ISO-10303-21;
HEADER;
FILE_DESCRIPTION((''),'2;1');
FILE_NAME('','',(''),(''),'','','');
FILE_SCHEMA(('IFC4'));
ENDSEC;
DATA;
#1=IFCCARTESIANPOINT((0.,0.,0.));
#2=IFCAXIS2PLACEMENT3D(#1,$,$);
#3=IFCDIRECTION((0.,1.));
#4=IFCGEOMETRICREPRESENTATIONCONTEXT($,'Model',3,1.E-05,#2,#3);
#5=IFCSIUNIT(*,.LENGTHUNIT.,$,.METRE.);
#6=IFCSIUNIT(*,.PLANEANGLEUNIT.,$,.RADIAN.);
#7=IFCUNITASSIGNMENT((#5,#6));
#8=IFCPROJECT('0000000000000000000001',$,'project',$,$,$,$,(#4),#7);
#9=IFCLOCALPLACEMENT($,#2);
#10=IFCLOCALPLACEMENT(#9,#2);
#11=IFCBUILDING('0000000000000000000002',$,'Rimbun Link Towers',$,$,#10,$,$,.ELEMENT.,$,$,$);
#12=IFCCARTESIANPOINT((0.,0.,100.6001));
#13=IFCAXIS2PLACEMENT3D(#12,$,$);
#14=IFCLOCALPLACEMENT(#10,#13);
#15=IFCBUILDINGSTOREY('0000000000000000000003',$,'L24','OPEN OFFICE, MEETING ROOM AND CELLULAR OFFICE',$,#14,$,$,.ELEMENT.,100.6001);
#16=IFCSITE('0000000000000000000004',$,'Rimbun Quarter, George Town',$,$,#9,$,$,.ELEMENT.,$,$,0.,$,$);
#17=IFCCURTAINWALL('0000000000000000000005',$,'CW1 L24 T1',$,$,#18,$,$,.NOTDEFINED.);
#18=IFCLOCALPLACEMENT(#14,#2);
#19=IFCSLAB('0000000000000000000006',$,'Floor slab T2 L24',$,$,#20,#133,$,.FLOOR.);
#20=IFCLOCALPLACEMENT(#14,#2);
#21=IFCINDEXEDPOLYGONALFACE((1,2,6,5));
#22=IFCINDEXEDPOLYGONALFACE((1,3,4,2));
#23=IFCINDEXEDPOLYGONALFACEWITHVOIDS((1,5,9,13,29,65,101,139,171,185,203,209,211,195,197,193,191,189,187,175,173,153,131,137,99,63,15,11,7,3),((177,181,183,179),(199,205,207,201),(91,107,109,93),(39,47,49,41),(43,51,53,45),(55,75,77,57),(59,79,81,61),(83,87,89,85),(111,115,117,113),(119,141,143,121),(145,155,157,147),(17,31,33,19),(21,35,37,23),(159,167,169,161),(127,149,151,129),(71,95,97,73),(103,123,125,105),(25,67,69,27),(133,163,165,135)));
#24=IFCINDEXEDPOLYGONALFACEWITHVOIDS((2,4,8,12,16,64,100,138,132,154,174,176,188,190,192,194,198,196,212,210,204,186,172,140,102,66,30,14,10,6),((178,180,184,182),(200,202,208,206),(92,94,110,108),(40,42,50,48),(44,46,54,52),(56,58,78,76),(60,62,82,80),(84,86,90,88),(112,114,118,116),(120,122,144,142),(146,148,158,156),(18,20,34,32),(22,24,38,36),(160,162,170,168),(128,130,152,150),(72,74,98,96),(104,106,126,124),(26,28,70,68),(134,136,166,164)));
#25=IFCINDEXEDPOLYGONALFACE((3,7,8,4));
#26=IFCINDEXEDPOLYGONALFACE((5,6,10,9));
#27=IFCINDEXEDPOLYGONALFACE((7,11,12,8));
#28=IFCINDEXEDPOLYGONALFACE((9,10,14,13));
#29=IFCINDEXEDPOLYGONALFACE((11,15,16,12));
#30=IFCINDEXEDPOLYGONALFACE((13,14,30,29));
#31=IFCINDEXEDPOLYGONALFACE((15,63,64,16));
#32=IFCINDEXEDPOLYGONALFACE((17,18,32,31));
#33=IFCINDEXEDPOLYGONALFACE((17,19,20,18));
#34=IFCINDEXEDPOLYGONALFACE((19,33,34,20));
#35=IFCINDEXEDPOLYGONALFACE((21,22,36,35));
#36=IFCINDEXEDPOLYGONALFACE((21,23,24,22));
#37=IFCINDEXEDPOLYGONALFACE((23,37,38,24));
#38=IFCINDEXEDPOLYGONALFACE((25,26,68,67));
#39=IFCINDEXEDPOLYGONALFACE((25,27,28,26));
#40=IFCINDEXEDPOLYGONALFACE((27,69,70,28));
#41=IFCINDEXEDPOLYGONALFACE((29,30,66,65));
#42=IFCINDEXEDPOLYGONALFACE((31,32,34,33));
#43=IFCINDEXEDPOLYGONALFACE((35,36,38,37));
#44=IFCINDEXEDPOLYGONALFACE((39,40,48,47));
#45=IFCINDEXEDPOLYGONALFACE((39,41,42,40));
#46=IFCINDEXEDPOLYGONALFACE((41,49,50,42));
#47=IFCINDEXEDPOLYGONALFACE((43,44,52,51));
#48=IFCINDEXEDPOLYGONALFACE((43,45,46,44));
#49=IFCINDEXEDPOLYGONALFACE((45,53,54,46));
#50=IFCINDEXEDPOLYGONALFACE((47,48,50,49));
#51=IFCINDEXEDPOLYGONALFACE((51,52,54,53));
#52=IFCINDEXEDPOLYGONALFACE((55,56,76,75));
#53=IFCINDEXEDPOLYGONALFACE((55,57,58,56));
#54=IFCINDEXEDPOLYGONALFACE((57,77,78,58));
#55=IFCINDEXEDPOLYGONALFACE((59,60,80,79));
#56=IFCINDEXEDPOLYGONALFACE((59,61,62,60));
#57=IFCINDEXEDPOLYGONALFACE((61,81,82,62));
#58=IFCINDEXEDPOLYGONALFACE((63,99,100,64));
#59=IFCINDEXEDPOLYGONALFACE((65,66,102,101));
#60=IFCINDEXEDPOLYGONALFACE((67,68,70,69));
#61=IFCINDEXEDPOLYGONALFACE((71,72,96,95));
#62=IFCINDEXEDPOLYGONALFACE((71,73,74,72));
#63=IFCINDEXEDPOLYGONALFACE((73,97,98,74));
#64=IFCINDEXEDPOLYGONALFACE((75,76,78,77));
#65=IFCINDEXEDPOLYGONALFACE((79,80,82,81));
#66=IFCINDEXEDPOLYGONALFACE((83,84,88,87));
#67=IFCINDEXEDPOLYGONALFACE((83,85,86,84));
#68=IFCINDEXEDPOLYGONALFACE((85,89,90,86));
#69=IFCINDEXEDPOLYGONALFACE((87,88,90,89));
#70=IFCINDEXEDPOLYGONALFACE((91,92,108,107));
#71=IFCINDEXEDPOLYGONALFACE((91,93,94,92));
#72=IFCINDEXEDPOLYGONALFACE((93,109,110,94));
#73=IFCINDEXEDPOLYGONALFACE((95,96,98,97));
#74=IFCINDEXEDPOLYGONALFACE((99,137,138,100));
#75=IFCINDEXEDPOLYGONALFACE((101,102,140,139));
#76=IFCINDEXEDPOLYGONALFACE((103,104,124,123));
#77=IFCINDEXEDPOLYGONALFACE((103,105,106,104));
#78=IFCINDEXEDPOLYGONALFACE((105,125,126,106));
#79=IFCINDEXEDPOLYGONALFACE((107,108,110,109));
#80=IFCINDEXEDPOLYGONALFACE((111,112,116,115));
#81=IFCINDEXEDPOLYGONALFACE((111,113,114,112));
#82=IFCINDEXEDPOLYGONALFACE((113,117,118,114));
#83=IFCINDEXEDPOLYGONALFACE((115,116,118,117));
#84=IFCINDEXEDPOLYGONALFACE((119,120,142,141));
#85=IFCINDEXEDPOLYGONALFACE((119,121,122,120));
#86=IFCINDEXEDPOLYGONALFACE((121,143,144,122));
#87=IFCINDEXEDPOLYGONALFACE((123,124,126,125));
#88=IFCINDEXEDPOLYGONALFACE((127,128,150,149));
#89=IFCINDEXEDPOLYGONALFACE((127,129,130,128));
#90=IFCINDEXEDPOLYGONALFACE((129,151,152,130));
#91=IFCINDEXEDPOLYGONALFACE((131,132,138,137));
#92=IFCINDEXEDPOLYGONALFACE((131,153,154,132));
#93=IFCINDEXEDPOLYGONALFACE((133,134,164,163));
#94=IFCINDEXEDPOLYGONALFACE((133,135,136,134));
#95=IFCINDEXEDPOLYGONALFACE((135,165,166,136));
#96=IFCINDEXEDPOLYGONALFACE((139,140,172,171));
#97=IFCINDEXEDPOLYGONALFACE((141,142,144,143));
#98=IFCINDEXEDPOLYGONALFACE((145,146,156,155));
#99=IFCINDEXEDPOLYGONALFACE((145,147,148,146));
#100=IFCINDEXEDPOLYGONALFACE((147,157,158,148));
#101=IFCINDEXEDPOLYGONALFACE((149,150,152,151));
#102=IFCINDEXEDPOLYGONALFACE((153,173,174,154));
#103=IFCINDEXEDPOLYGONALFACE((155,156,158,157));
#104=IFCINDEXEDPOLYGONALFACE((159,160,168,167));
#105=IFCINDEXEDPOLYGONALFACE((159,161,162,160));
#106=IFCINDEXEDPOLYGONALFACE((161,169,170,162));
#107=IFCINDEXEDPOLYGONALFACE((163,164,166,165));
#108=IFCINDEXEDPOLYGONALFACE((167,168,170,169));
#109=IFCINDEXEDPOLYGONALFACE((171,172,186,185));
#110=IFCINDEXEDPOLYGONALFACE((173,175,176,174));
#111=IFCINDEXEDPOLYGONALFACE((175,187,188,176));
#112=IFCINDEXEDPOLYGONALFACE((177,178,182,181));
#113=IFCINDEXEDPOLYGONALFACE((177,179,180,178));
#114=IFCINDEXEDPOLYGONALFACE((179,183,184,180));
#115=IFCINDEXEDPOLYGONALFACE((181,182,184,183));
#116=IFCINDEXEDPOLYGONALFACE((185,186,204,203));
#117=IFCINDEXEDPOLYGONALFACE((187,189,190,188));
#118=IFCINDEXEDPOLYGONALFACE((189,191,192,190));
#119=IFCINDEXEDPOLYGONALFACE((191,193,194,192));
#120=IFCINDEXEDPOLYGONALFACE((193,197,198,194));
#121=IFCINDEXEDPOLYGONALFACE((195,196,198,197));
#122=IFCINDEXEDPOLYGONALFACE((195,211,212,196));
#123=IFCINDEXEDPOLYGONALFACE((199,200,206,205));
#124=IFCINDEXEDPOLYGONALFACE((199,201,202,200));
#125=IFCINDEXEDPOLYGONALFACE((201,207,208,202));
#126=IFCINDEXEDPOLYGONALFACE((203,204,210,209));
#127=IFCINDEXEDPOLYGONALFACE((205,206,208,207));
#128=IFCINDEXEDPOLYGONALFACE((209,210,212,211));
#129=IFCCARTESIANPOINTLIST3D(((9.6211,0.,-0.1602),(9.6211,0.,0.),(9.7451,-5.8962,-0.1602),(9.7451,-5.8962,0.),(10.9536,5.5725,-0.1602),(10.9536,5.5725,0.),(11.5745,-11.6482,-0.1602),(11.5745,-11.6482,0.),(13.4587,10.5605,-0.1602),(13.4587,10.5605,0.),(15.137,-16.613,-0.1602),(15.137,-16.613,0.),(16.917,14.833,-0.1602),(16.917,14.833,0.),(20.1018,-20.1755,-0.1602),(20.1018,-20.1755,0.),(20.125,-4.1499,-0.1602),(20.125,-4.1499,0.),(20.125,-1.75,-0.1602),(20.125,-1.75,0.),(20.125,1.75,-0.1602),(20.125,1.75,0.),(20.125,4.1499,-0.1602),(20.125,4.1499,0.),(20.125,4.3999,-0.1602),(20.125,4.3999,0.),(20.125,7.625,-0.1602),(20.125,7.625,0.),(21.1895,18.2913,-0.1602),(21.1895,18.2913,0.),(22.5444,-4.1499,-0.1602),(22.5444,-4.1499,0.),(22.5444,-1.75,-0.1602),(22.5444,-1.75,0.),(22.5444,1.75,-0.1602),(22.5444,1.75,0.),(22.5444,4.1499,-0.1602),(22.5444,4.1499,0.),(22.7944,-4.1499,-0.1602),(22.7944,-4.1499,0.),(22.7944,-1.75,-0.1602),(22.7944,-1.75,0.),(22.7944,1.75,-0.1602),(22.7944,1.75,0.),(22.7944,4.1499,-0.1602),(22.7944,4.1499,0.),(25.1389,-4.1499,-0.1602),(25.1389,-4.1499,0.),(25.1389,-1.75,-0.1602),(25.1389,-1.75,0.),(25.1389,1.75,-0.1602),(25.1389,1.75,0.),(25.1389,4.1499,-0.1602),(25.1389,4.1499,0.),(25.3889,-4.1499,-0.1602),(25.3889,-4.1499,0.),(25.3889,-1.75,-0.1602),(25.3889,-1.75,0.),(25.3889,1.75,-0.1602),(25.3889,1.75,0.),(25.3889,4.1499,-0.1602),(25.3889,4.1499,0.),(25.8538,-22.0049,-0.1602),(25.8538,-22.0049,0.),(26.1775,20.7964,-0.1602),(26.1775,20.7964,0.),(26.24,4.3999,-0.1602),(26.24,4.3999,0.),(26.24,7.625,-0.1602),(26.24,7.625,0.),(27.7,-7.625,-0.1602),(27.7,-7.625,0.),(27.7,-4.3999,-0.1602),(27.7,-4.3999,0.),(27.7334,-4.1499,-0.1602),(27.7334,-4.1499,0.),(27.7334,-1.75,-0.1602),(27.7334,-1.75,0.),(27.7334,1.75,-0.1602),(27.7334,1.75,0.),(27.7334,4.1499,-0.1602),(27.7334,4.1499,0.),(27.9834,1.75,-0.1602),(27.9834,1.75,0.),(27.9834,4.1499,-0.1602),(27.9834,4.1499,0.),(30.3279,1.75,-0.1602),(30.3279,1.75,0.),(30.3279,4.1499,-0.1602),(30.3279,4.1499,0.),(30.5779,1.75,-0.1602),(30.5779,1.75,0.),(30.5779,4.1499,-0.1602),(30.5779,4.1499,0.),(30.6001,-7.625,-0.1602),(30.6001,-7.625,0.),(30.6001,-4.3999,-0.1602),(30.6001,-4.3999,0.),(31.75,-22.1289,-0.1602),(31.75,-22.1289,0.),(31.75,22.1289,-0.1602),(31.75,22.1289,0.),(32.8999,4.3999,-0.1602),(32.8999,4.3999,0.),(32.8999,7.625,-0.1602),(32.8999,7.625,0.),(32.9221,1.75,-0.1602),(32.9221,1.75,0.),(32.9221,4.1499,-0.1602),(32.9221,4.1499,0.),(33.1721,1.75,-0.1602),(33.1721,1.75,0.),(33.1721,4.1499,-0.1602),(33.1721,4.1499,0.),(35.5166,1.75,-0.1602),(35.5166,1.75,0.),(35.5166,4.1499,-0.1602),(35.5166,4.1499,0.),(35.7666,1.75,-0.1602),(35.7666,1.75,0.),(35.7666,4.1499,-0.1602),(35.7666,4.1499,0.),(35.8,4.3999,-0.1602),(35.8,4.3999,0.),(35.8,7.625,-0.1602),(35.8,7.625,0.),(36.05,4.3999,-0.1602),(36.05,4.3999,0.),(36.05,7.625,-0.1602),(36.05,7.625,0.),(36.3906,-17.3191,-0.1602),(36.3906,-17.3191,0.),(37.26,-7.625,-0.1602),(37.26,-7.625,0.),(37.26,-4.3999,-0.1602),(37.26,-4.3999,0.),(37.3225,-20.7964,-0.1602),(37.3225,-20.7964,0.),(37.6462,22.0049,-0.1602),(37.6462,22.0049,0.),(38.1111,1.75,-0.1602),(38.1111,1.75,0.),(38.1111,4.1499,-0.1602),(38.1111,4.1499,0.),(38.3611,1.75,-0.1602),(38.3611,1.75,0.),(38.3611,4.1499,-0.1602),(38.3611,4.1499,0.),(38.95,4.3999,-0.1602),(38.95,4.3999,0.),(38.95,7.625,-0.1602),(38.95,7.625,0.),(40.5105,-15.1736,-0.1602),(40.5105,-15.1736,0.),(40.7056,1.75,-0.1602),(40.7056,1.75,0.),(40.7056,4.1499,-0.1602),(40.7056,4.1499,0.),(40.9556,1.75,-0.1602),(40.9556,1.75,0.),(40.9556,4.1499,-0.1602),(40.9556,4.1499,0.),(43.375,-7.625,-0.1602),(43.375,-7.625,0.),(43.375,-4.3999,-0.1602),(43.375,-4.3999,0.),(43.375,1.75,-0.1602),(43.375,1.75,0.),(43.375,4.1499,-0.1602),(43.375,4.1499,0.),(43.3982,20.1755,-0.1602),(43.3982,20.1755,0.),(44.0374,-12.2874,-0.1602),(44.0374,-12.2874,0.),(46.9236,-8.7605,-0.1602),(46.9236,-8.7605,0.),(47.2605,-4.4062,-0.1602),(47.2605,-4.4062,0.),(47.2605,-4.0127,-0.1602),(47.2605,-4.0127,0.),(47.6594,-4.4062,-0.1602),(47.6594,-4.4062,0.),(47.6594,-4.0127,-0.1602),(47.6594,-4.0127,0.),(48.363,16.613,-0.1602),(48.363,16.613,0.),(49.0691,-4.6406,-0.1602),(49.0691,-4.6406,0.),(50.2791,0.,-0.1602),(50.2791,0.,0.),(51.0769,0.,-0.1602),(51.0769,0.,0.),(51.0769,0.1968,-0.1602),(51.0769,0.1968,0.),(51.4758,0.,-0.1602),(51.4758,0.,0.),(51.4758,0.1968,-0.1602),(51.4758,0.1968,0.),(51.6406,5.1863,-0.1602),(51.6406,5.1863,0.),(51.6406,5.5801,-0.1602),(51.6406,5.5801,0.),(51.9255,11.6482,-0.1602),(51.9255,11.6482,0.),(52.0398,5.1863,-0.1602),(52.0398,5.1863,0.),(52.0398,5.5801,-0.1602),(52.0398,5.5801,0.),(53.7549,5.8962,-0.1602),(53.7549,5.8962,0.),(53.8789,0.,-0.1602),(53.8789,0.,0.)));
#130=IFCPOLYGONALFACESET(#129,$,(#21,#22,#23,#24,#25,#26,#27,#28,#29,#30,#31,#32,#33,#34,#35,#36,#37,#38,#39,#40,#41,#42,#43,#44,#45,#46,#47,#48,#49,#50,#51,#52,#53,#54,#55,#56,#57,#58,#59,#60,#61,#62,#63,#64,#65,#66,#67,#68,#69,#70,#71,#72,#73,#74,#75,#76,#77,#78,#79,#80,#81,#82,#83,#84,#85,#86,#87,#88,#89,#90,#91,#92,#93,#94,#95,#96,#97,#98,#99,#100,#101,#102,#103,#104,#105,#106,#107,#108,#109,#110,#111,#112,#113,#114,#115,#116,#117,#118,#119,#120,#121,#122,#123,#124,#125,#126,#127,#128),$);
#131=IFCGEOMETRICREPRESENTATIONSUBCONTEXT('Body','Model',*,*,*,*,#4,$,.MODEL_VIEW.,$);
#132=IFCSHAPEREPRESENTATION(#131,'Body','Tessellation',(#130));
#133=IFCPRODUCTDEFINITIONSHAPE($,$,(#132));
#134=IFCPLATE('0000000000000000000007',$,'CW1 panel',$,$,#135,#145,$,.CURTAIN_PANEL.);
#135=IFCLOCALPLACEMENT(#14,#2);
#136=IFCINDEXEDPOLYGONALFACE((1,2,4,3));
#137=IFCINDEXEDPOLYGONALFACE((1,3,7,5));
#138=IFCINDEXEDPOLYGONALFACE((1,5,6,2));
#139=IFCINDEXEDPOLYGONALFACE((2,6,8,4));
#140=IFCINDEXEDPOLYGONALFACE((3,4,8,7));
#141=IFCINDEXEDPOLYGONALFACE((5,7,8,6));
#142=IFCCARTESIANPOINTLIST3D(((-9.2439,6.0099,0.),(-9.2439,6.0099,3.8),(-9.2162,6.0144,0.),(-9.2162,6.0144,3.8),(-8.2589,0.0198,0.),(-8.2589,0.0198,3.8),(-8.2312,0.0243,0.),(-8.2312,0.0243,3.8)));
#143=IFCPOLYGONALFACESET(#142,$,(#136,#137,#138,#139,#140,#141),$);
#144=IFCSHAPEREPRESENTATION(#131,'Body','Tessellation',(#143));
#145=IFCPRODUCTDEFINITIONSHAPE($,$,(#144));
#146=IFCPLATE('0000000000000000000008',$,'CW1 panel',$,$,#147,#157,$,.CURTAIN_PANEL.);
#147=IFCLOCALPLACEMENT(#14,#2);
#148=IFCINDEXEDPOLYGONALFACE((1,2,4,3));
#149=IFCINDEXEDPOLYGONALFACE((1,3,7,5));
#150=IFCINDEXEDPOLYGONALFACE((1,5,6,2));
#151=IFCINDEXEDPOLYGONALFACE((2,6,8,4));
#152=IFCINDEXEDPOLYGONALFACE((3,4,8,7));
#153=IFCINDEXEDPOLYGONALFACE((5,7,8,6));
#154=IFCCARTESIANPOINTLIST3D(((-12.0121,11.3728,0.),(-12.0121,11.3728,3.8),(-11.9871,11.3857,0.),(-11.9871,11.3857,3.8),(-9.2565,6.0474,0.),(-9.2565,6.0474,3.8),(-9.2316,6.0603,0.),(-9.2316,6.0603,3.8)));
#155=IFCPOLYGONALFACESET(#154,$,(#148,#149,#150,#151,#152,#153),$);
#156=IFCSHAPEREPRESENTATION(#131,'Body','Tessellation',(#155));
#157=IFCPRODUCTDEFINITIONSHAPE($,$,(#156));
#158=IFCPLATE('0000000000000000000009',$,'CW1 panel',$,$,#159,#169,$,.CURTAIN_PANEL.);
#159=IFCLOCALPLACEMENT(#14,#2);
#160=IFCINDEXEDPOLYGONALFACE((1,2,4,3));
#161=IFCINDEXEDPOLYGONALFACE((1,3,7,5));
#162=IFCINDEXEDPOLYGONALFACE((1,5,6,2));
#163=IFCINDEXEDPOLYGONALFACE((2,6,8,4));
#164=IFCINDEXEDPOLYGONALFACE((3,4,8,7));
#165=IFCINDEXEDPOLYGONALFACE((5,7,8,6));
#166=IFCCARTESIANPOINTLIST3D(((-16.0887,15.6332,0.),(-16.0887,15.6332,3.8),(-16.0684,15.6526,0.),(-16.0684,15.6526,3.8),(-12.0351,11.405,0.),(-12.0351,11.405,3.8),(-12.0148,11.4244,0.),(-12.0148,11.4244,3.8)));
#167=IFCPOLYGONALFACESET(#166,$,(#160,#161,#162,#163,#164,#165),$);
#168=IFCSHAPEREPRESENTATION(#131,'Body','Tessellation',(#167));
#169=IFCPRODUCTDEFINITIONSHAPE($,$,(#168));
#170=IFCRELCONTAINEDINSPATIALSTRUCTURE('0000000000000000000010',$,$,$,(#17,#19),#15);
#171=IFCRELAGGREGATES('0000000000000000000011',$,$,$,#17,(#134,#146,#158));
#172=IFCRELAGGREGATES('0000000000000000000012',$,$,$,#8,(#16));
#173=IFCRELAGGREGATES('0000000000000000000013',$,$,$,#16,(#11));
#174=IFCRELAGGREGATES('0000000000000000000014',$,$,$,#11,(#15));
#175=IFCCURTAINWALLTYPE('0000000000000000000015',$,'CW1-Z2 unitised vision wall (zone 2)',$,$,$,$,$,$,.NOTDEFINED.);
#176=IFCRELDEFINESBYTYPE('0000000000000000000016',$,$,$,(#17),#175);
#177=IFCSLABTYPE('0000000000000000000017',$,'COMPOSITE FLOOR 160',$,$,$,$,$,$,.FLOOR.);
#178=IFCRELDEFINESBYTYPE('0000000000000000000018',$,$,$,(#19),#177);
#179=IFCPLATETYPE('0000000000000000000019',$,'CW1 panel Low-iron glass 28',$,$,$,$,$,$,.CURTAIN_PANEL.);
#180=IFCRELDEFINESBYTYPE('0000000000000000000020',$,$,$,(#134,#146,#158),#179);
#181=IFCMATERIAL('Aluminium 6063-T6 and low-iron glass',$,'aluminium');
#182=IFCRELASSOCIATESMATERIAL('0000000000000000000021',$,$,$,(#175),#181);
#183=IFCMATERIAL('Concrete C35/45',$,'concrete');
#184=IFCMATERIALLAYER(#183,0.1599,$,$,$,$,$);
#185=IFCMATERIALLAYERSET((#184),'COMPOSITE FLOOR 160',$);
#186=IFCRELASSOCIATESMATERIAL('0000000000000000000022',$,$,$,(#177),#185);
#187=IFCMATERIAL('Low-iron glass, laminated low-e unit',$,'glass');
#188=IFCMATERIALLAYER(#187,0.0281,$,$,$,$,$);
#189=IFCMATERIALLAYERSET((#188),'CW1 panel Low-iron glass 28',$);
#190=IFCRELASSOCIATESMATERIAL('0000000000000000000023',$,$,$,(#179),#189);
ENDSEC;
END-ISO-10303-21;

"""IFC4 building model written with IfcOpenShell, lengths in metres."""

from ifc_helpers import new_model, si_unit, direction, frame, origin, origin_2d, place, context, subcontext, project, spatial, polyline, rectangle, outline, extrude, material, layer, layer_set, type_object, element, aggregate, save


model = new_model("IFC4")

# Units and contexts
model_context = context("Model", 3, precision=1e-05, world=origin(), true_north=direction((0.0, 1.0)))
body_context = subcontext(model_context, "Body", "Model", "MODEL_VIEW")
ifc_project = project(units=[si_unit("LENGTHUNIT", "METRE"), si_unit("PLANEANGLEUNIT", "RADIAN")], contexts=[model_context])

# Site, building, storey
site_placement = place(None, origin())
site = spatial("IfcSite", under=ifc_project, at=site_placement, Name="Rimbun Quarter, George Town", CompositionType="ELEMENT", RefElevation=0.0)
building_placement = place(site_placement, origin())
building = spatial("IfcBuilding", under=site, at=building_placement, Name="Rimbun Link Towers", CompositionType="ELEMENT")
storey_placement = place(building_placement, frame((0.0, 0.0, 100.6001)))
storey = spatial("IfcBuildingStorey", under=building, at=storey_placement, Name="L24", Description="OPEN OFFICE, MEETING ROOM AND CELLULAR OFFICE", CompositionType="ELEMENT", Elevation=100.6001)

# Curtain wall
ifc_material_1 = material(Name="Aluminium 6063-T6 and low-iron glass", Category="aluminium")
curtain_wall_type = type_object("IfcCurtainWallType", Name="CW1-Z2 unitised vision wall (zone 2)", PredefinedType="NOTDEFINED", material=ifc_material_1)
curtain_wall_placement = place(storey_placement, origin())
curtain_wall = element("IfcCurtainWall", 1, at=curtain_wall_placement, inside=storey, type_object=curtain_wall_type, Name="CW1 L24 T1", PredefinedType="NOTDEFINED")

# Slab
ifc_material_2 = material(Name="Concrete C35/45", Category="concrete")
ifc_layer_1 = layer(ifc_material_2, 0.1599)
ifc_layer_set_1 = layer_set([ifc_layer_1], Name="COMPOSITE FLOOR 160")
slab_type = type_object("IfcSlabType", Name="COMPOSITE FLOOR 160", PredefinedType="FLOOR", material=ifc_layer_set_1)
slab_placement = place(storey_placement, frame((0.0, 0.0, -0.1602)))
element("IfcSlab", 2, at=slab_placement, inside=storey, type_object=slab_type, Name="Floor slab T2 L24", PredefinedType="FLOOR", context=body_context, shape_type="SweptSolid", body=[
    extrude(outline(polyline([(50.2791, 0.0), (49.0691, -4.6406), (46.9236, -8.7605), (44.0374, -12.2874), (40.5105, -15.1736), (36.3906, -17.3191), (37.3225, -20.7964), (31.75, -22.1289), (25.8538, -22.0049), (20.1018, -20.1755), (15.137, -16.613), (11.5745, -11.6482), (9.7451, -5.8962), (9.6211, 0.0), (10.9536, 5.5725), (13.4587, 10.5605), (16.917, 14.833), (21.1895, 18.2913), (26.1775, 20.7964), (31.75, 22.1289), (37.6462, 22.0049), (43.3982, 20.1755), (48.363, 16.613), (51.9255, 11.6482), (53.7549, 5.8962), (53.8789, 0.0), (51.4758, 0.0), (51.4758, 0.1968), (51.0769, 0.1968), (51.0769, 0.0), (50.2791, 0.0)]), holes=[polyline([(30.6001, -7.625), (30.6001, -4.3999), (27.7, -4.3999), (27.7, -7.625), (30.6001, -7.625)]), polyline([(22.5444, -4.1499), (22.5444, -1.75), (20.125, -1.75), (20.125, -4.1499), (22.5444, -4.1499)]), polyline([(25.1389, -4.1499), (25.1389, -1.75), (22.7944, -1.75), (22.7944, -4.1499), (25.1389, -4.1499)]), polyline([(25.3889, -4.1499), (27.7334, -4.1499), (27.7334, -1.75), (25.3889, -1.75), (25.3889, -4.1499)]), polyline([(20.125, 1.75), (22.5444, 1.75), (22.5444, 4.1499), (20.125, 4.1499), (20.125, 1.75)]), polyline([(25.1389, 1.75), (25.1389, 4.1499), (22.7944, 4.1499), (22.7944, 1.75), (25.1389, 1.75)]), polyline([(27.7334, 1.75), (27.7334, 4.1499), (25.3889, 4.1499), (25.3889, 1.75), (27.7334, 1.75)]), polyline([(30.3279, 1.75), (30.3279, 4.1499), (27.9834, 4.1499), (27.9834, 1.75), (30.3279, 1.75)]), polyline([(30.5779, 1.75), (32.9221, 1.75), (32.9221, 4.1499), (30.5779, 4.1499), (30.5779, 1.75)]), polyline([(20.125, 4.3999), (26.24, 4.3999), (26.24, 7.625), (20.125, 7.625), (20.125, 4.3999)]), polyline([(43.375, -7.625), (43.375, -4.3999), (37.26, -4.3999), (37.26, -7.625), (43.375, -7.625)]), polyline([(47.6594, -4.4062), (47.6594, -4.0127), (47.2605, -4.0127), (47.2605, -4.4062), (47.6594, -4.4062)]), polyline([(33.1721, 1.75), (35.5166, 1.75), (35.5166, 4.1499), (33.1721, 4.1499), (33.1721, 1.75)]), polyline([(35.7666, 1.75), (38.1111, 1.75), (38.1111, 4.1499), (35.7666, 4.1499), (35.7666, 1.75)]), polyline([(40.7056, 1.75), (40.7056, 4.1499), (38.3611, 4.1499), (38.3611, 1.75), (40.7056, 1.75)]), polyline([(43.375, 1.75), (43.375, 4.1499), (40.9556, 4.1499), (40.9556, 1.75), (43.375, 1.75)]), polyline([(52.0398, 5.1863), (52.0398, 5.5801), (51.6406, 5.5801), (51.6406, 5.1863), (52.0398, 5.1863)]), polyline([(32.8999, 4.3999), (35.8, 4.3999), (35.8, 7.625), (32.8999, 7.625), (32.8999, 4.3999)]), polyline([(36.05, 4.3999), (38.95, 4.3999), (38.95, 7.625), (36.05, 7.625), (36.05, 4.3999)])]), origin(), (0.0, 0.0, 1.0), 0.1602),
])

# Plates
ifc_material_3 = material(Name="Low-iron glass, laminated low-e unit", Category="glass")
ifc_layer_2 = layer(ifc_material_3, 0.0281)
ifc_layer_set_2 = layer_set([ifc_layer_2], Name="CW1 panel Low-iron glass 28")
plate_type = type_object("IfcPlateType", Name="CW1 panel Low-iron glass 28", PredefinedType="CURTAIN_PANEL", material=ifc_layer_set_2)
plate_1_placement = place(storey_placement, frame((-8.7375, 3.0171, 0.0), z_axis=(0.0, 0.0, 1.0), x_axis=(0.16226, -0.986748, 0.0)))
plate_1 = element("IfcPlate", 3, at=plate_1_placement, type_object=plate_type, Name="CW1 panel", PredefinedType="CURTAIN_PANEL", context=body_context, shape_type="SweptSolid", body=[
    extrude(rectangle(XDim=6.0706, YDim=0.0281, at=origin_2d()), origin(), (0.0, 0.0, 1.0), 3.8),
])
plate_2_placement = place(storey_placement, frame((-10.6218, 8.7166, 0.0), z_axis=(0.0, 0.0, 1.0), x_axis=(0.459556, -0.888149, 0.0)))
plate_2 = element("IfcPlate", 4, at=plate_2_placement, type_object=plate_type, Name="CW1 panel", PredefinedType="CURTAIN_PANEL", context=body_context, shape_type="SweptSolid", body=[
    extrude(rectangle(XDim=5.9961, YDim=0.0281, at=origin_2d()), origin(), (0.0, 0.0, 1.0), 3.8),
])
plate_3_placement = place(storey_placement, frame((-14.0518, 13.5288, 0.0), z_axis=(0.0, 0.0, 1.0), x_axis=(0.692045, -0.721854, 0.0)))
plate_3 = element("IfcPlate", 5, at=plate_3_placement, type_object=plate_type, Name="CW1 panel", PredefinedType="CURTAIN_PANEL", context=body_context, shape_type="SweptSolid", body=[
    extrude(rectangle(XDim=5.8574, YDim=0.0281, at=origin_2d()), origin(), (0.0, 0.0, 1.0), 3.8),
])
aggregate(curtain_wall, [plate_1, plate_2, plate_3])

save(model, "model.ifc")
